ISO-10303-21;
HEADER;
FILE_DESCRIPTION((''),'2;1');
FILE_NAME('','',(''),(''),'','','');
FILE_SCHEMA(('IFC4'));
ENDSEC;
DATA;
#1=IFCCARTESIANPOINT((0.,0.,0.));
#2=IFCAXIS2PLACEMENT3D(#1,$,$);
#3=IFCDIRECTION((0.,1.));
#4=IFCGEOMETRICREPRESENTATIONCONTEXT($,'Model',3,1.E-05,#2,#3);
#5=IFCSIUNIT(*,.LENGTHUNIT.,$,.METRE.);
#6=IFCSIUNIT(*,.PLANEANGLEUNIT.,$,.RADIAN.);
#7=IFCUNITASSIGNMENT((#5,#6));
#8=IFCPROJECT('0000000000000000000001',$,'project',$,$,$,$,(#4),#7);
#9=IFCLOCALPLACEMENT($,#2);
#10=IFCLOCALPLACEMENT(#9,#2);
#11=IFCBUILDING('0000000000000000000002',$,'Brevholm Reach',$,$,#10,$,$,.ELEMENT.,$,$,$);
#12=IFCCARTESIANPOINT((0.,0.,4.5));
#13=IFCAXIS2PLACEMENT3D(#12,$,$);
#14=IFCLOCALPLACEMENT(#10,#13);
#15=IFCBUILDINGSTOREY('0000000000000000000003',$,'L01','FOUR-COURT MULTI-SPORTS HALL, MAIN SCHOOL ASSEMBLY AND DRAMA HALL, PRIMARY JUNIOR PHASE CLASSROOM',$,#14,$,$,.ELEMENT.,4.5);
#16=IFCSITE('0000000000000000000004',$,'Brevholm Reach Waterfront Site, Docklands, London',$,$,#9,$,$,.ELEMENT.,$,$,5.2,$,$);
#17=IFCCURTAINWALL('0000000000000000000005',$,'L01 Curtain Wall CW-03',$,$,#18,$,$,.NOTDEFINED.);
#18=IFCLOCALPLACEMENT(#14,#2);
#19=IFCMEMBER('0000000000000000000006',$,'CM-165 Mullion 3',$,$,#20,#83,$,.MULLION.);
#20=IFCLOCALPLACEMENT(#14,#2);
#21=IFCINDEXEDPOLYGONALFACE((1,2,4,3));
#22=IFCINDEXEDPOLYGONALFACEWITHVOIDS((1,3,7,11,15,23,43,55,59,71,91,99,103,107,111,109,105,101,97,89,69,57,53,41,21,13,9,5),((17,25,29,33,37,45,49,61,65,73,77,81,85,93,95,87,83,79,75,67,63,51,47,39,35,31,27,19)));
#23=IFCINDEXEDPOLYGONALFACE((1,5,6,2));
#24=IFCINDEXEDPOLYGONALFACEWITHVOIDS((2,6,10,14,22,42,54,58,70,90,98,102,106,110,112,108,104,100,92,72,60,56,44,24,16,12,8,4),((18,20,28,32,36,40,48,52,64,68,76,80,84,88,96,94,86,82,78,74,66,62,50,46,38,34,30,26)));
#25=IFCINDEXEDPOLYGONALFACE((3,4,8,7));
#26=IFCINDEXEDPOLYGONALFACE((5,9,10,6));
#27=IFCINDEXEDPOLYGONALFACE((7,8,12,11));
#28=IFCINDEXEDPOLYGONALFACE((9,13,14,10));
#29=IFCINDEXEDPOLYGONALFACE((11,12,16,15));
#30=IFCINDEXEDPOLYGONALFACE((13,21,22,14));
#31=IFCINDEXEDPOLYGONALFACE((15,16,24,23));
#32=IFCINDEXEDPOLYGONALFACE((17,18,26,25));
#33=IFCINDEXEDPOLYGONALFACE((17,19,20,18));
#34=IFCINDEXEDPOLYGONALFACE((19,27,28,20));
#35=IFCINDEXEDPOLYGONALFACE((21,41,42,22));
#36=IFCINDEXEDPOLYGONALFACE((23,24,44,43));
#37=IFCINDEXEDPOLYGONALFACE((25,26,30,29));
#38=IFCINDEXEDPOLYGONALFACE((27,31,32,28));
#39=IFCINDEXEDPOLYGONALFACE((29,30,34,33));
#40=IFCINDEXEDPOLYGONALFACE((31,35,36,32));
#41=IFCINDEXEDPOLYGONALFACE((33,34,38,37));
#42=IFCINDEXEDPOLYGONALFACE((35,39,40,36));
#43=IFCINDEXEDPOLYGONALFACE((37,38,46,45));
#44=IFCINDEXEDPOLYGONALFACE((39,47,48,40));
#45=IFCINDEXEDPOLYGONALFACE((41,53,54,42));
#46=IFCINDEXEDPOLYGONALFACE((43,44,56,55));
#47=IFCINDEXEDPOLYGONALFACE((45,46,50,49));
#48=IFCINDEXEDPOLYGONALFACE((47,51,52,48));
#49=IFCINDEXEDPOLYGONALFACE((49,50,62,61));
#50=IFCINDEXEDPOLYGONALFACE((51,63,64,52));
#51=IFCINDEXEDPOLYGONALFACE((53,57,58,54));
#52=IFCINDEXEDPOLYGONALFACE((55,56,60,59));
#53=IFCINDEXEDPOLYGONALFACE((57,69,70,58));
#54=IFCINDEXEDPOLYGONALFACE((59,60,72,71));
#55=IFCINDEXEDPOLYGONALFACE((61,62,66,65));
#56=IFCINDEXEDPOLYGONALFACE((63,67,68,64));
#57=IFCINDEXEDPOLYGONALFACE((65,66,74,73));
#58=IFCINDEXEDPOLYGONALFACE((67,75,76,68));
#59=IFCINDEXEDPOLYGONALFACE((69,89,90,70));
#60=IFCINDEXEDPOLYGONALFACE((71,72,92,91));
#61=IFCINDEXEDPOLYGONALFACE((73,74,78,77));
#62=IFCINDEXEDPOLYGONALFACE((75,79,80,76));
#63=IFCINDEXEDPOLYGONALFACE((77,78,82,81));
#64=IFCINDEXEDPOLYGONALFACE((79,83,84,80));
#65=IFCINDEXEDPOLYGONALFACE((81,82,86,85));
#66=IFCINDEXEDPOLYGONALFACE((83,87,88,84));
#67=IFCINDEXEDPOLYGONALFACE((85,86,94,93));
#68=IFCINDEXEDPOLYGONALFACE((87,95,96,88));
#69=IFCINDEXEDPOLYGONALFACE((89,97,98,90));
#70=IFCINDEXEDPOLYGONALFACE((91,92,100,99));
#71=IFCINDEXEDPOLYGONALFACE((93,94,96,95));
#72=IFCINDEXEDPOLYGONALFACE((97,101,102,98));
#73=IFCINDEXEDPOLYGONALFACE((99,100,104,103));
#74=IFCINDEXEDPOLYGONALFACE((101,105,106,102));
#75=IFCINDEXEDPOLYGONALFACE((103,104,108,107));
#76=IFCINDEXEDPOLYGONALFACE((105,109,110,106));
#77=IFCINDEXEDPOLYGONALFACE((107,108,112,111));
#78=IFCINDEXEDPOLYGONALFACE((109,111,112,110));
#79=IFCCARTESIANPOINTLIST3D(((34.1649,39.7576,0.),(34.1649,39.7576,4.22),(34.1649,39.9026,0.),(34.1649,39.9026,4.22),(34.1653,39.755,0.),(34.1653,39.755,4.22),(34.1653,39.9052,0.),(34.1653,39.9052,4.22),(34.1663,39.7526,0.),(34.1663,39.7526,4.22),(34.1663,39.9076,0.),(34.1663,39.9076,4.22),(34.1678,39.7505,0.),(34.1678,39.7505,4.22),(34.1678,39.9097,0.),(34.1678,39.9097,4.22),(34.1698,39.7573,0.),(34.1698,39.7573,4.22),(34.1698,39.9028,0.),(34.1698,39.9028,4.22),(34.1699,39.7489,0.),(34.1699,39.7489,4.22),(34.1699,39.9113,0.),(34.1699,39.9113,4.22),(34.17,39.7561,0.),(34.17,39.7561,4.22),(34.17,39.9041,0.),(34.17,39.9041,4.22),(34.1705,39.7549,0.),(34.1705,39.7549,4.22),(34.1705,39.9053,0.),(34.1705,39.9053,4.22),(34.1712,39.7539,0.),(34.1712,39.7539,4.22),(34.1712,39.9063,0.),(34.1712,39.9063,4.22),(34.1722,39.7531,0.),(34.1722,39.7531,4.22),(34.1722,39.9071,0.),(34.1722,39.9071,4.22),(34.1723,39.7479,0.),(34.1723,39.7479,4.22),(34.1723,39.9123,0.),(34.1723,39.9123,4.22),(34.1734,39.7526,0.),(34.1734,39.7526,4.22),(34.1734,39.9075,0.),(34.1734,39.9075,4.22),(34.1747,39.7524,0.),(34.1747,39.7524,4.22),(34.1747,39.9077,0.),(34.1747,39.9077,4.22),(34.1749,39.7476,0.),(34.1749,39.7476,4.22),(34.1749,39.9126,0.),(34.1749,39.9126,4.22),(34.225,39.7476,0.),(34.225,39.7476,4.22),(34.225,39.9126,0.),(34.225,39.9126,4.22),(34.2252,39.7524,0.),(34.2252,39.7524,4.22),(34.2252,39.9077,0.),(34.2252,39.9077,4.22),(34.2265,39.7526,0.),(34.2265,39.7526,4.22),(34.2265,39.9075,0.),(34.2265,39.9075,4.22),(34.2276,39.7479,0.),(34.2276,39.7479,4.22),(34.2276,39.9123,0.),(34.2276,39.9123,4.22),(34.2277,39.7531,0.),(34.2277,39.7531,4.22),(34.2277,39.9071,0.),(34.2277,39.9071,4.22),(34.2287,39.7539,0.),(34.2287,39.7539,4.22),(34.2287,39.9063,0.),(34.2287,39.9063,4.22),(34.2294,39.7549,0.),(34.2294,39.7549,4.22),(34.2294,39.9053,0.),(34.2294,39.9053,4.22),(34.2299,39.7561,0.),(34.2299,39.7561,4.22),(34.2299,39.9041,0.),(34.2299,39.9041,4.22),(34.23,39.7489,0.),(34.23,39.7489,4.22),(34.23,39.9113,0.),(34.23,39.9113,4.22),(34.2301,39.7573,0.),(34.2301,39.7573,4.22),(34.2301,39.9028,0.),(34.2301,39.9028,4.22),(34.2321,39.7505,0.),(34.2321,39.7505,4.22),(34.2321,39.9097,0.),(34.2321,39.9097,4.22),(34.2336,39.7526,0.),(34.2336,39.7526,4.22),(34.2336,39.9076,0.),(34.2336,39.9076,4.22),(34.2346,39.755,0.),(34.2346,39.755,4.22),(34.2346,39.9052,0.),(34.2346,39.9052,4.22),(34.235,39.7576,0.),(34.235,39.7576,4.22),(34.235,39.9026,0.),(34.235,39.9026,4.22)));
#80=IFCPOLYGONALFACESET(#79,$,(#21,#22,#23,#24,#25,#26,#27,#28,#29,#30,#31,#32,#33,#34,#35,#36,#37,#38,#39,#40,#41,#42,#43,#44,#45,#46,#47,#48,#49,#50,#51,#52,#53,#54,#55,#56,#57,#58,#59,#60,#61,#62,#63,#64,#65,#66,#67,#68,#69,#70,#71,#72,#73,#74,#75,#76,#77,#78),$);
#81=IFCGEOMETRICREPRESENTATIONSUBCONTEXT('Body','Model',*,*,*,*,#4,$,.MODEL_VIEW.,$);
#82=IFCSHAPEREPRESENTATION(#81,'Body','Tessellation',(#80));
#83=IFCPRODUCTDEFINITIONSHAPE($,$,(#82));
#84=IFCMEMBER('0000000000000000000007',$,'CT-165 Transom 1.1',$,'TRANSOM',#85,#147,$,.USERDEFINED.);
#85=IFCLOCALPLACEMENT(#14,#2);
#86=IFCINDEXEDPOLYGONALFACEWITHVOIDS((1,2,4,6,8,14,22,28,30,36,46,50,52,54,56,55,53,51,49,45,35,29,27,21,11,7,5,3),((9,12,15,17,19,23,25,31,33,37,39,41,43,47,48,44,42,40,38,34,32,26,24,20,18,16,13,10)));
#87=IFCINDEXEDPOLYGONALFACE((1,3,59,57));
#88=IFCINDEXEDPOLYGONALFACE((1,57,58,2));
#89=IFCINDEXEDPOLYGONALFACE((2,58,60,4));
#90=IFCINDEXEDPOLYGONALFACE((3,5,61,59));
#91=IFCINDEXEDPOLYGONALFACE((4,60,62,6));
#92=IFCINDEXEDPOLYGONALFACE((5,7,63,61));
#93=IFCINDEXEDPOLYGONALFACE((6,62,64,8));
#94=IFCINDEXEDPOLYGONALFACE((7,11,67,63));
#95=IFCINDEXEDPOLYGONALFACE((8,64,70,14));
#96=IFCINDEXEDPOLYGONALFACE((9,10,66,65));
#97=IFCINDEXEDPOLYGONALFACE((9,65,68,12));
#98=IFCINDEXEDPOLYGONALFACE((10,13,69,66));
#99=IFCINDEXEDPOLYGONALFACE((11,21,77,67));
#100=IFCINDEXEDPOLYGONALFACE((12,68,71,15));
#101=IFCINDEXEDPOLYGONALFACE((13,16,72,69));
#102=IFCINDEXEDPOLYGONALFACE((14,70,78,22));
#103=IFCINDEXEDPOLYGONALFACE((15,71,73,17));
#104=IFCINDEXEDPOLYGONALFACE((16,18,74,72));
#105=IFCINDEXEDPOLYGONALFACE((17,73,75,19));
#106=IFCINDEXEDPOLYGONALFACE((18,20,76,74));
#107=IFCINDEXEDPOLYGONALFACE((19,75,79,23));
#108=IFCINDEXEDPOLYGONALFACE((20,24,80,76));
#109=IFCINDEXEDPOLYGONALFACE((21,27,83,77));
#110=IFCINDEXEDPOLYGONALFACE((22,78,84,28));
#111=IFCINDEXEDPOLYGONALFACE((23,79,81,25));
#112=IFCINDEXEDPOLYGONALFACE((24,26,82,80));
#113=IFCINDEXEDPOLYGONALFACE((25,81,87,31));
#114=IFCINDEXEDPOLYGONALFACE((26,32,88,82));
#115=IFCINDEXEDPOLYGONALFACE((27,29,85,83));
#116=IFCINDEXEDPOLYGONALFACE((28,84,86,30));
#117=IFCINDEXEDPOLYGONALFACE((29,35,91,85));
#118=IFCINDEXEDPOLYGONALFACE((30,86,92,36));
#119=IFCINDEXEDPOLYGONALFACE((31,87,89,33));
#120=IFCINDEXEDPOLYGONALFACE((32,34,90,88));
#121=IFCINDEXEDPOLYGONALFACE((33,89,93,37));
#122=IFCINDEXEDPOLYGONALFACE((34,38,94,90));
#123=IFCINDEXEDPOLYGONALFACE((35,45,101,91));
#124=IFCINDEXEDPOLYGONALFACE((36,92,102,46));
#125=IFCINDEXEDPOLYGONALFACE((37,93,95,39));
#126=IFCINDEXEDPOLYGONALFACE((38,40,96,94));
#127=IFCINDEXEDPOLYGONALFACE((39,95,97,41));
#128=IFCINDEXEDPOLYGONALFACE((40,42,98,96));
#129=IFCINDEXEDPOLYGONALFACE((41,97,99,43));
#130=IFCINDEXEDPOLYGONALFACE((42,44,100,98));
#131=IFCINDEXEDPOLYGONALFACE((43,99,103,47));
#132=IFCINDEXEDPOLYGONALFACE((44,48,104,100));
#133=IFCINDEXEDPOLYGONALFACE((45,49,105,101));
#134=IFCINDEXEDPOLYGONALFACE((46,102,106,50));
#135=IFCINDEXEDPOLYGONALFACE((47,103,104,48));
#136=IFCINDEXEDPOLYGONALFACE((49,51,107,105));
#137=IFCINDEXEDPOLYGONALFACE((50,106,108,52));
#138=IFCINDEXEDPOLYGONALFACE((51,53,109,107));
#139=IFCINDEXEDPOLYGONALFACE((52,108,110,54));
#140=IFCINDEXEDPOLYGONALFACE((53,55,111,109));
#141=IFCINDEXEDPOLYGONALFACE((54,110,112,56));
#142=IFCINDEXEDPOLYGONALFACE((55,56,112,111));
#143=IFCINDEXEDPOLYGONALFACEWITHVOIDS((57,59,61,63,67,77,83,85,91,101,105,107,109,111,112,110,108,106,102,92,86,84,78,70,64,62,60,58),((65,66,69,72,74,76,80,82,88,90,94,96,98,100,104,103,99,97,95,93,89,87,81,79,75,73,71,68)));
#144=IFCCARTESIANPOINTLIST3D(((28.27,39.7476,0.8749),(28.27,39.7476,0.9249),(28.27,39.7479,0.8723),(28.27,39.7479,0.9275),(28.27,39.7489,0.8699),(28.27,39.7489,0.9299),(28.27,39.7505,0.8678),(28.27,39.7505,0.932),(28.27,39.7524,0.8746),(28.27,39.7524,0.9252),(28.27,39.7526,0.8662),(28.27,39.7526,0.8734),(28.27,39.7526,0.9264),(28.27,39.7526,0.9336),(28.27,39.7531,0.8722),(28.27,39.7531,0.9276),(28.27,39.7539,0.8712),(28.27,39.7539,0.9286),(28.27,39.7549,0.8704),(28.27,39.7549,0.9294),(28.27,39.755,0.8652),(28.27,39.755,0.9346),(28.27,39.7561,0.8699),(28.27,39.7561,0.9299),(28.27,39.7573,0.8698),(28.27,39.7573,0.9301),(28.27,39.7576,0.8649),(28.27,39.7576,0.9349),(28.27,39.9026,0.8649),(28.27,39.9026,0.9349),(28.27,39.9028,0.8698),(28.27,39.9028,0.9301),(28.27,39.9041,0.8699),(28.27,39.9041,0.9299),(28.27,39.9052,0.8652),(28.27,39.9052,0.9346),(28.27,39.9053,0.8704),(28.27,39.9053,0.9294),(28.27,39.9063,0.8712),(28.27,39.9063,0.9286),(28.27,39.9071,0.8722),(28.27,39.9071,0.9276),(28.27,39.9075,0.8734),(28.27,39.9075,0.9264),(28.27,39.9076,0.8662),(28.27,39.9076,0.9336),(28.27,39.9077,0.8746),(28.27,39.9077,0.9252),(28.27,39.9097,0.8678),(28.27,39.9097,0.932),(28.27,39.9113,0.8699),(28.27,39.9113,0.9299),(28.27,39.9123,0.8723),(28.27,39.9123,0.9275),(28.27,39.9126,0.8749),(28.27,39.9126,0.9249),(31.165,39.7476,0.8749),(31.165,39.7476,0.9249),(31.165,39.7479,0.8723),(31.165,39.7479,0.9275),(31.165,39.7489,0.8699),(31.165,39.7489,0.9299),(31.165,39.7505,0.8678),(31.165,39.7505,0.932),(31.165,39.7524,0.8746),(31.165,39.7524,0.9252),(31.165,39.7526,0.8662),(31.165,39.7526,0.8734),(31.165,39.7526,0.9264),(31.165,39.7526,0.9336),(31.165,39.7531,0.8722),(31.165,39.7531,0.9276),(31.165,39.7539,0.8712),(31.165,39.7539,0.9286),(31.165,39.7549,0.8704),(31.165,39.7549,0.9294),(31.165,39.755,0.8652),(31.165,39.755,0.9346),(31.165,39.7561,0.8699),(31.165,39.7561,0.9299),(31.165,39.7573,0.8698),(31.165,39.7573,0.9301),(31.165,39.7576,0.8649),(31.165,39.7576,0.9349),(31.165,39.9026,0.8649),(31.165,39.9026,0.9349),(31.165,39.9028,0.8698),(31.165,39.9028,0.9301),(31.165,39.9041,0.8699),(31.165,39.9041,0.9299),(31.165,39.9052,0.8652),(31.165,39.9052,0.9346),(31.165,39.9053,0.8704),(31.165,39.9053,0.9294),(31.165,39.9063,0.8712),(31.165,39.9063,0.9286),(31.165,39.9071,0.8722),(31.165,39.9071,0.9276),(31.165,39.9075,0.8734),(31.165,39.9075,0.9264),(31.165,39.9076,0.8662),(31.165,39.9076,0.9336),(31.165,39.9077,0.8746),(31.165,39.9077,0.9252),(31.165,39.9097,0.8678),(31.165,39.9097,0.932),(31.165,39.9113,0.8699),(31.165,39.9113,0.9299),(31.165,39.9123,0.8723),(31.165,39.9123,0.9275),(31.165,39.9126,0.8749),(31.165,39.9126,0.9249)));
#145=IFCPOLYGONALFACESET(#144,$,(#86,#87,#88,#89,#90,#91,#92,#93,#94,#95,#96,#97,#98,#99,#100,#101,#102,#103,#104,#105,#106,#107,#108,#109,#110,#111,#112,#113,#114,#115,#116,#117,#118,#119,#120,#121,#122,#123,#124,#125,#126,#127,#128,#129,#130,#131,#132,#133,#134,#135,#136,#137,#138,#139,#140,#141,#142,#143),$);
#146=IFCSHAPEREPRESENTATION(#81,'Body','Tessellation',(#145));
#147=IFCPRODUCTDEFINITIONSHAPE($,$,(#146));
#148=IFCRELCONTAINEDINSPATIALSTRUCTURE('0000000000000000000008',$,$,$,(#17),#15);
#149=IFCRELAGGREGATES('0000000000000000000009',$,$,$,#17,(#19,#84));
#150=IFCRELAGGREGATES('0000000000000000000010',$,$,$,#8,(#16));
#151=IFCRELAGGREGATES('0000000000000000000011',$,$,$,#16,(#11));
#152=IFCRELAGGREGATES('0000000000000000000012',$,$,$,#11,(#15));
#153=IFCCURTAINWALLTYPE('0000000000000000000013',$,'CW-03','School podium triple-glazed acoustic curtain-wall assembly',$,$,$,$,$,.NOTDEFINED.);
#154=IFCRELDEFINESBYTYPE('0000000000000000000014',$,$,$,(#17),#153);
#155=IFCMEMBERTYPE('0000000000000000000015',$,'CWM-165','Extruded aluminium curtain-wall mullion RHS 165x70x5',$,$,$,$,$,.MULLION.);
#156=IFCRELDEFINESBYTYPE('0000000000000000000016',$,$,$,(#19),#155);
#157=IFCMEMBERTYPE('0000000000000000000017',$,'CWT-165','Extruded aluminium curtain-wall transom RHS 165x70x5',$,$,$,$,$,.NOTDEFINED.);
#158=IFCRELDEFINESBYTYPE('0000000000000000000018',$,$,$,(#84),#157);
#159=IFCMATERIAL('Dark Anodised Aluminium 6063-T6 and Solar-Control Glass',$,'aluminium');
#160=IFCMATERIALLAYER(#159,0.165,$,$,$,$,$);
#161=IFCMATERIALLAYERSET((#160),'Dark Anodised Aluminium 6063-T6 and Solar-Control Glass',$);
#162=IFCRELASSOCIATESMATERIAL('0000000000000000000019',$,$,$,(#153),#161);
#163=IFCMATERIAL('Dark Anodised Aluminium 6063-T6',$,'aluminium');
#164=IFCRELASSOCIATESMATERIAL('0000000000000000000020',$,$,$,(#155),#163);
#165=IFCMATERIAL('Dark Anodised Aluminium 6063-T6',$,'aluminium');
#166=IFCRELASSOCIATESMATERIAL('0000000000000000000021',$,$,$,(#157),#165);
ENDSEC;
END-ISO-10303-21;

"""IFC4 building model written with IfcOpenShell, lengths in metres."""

from ifc_helpers import new_model, si_unit, direction, frame, origin, origin_2d, place, context, subcontext, project, spatial, hollow_rectangle, extrude, material, layer, layer_set, material_profile, profile_set, type_object, element, aggregate, save


model = new_model("IFC4")

# Units and contexts
model_context = context("Model", 3, precision=1e-05, world=origin(), true_north=direction((0.0, 1.0)))
body_context = subcontext(model_context, "Body", "Model", "MODEL_VIEW")
ifc_project = project(units=[si_unit("LENGTHUNIT", "METRE"), si_unit("PLANEANGLEUNIT", "RADIAN")], contexts=[model_context])

# Site, building, storey
site_placement = place(None, origin())
site = spatial("IfcSite", under=ifc_project, at=site_placement, Name="Brevholm Reach Waterfront Site, Docklands, London", CompositionType="ELEMENT", RefElevation=5.2)
building_placement = place(site_placement, origin())
building = spatial("IfcBuilding", under=site, at=building_placement, Name="Brevholm Reach", CompositionType="ELEMENT")
storey_placement = place(building_placement, frame((0.0, 0.0, 4.5)))
storey = spatial("IfcBuildingStorey", under=building, at=storey_placement, Name="L01", Description="FOUR-COURT MULTI-SPORTS HALL, MAIN SCHOOL ASSEMBLY AND DRAMA HALL, PRIMARY JUNIOR PHASE CLASSROOM", CompositionType="ELEMENT", Elevation=4.5)

# Curtain wall, members
ifc_material_1 = material(Name="Dark Anodised Aluminium 6063-T6 and Solar-Control Glass", Category="aluminium")
ifc_layer_1 = layer(ifc_material_1, 0.165)
ifc_layer_set_1 = layer_set([ifc_layer_1], Name="Dark Anodised Aluminium 6063-T6 and Solar-Control Glass")
curtain_wall_type = type_object("IfcCurtainWallType", Name="CW-03", Description="School podium triple-glazed acoustic curtain-wall assembly", PredefinedType="NOTDEFINED", material=ifc_layer_set_1)
curtain_wall_placement = place(storey_placement, origin())
curtain_wall = element("IfcCurtainWall", 1, at=curtain_wall_placement, inside=storey, type_object=curtain_wall_type, Name="L01 Curtain Wall CW-03", PredefinedType="NOTDEFINED")
ifc_material_2 = material(Name="Dark Anodised Aluminium 6063-T6", Category="aluminium")
ifc_material_profile_1 = material_profile(ifc_material_2, hollow_rectangle(XDim=0.0701, YDim=0.165, WallThickness=0.0049, InnerFilletRadius=0.0049, OuterFilletRadius=0.01, at=origin_2d()), Name="RHS 165x70x5")
ifc_profile_set_1 = profile_set([ifc_material_profile_1], Name="Dark Anodised Aluminium 6063-T6")
member_type_1 = type_object("IfcMemberType", Name="CWM-165", Description="Extruded aluminium curtain-wall mullion RHS 165x70x5", PredefinedType="MULLION", material=ifc_profile_set_1)
member_1_placement = place(storey_placement, frame((34.2, 39.8301, 0.0), z_axis=(0.0, 0.0, 1.0), x_axis=(1.0, 0.0, 0.0)))
member_1 = element("IfcMember", 2, at=member_1_placement, type_object=member_type_1, Name="CM-165 Mullion 3", PredefinedType="MULLION", context=body_context, shape_type="SweptSolid", body=[
    extrude(hollow_rectangle(XDim=0.0701, YDim=0.165, WallThickness=0.0049, InnerFilletRadius=0.0049, OuterFilletRadius=0.01, at=origin_2d()), origin(), (0.0, 0.0, 1.0), 4.22),
])
ifc_material_3 = material(Name="Dark Anodised Aluminium 6063-T6", Category="aluminium")
ifc_material_profile_2 = material_profile(ifc_material_3, hollow_rectangle(XDim=0.0701, YDim=0.165, WallThickness=0.0049, InnerFilletRadius=0.0049, OuterFilletRadius=0.01, at=origin_2d()), Name="RHS 165x70x5")
ifc_profile_set_2 = profile_set([ifc_material_profile_2], Name="Dark Anodised Aluminium 6063-T6")
member_type_2 = type_object("IfcMemberType", Name="CWT-165", Description="Extruded aluminium curtain-wall transom RHS 165x70x5", PredefinedType="NOTDEFINED", material=ifc_profile_set_2)
member_2_placement = place(storey_placement, frame((28.27, 39.8301, 0.8999), z_axis=(1.0, 0.0, 0.0), x_axis=(0.0, 0.0, 1.0)))
member_2 = element("IfcMember", 3, at=member_2_placement, type_object=member_type_2, Name="CT-165 Transom 1.1", ObjectType="TRANSOM", PredefinedType="USERDEFINED", context=body_context, shape_type="SweptSolid", body=[
    extrude(hollow_rectangle(XDim=0.0701, YDim=0.165, WallThickness=0.0049, InnerFilletRadius=0.0049, OuterFilletRadius=0.01, at=origin_2d()), origin(), (0.0, 0.0, 1.0), 2.895),
])
aggregate(curtain_wall, [member_1, member_2])

save(model, "model.ifc")
